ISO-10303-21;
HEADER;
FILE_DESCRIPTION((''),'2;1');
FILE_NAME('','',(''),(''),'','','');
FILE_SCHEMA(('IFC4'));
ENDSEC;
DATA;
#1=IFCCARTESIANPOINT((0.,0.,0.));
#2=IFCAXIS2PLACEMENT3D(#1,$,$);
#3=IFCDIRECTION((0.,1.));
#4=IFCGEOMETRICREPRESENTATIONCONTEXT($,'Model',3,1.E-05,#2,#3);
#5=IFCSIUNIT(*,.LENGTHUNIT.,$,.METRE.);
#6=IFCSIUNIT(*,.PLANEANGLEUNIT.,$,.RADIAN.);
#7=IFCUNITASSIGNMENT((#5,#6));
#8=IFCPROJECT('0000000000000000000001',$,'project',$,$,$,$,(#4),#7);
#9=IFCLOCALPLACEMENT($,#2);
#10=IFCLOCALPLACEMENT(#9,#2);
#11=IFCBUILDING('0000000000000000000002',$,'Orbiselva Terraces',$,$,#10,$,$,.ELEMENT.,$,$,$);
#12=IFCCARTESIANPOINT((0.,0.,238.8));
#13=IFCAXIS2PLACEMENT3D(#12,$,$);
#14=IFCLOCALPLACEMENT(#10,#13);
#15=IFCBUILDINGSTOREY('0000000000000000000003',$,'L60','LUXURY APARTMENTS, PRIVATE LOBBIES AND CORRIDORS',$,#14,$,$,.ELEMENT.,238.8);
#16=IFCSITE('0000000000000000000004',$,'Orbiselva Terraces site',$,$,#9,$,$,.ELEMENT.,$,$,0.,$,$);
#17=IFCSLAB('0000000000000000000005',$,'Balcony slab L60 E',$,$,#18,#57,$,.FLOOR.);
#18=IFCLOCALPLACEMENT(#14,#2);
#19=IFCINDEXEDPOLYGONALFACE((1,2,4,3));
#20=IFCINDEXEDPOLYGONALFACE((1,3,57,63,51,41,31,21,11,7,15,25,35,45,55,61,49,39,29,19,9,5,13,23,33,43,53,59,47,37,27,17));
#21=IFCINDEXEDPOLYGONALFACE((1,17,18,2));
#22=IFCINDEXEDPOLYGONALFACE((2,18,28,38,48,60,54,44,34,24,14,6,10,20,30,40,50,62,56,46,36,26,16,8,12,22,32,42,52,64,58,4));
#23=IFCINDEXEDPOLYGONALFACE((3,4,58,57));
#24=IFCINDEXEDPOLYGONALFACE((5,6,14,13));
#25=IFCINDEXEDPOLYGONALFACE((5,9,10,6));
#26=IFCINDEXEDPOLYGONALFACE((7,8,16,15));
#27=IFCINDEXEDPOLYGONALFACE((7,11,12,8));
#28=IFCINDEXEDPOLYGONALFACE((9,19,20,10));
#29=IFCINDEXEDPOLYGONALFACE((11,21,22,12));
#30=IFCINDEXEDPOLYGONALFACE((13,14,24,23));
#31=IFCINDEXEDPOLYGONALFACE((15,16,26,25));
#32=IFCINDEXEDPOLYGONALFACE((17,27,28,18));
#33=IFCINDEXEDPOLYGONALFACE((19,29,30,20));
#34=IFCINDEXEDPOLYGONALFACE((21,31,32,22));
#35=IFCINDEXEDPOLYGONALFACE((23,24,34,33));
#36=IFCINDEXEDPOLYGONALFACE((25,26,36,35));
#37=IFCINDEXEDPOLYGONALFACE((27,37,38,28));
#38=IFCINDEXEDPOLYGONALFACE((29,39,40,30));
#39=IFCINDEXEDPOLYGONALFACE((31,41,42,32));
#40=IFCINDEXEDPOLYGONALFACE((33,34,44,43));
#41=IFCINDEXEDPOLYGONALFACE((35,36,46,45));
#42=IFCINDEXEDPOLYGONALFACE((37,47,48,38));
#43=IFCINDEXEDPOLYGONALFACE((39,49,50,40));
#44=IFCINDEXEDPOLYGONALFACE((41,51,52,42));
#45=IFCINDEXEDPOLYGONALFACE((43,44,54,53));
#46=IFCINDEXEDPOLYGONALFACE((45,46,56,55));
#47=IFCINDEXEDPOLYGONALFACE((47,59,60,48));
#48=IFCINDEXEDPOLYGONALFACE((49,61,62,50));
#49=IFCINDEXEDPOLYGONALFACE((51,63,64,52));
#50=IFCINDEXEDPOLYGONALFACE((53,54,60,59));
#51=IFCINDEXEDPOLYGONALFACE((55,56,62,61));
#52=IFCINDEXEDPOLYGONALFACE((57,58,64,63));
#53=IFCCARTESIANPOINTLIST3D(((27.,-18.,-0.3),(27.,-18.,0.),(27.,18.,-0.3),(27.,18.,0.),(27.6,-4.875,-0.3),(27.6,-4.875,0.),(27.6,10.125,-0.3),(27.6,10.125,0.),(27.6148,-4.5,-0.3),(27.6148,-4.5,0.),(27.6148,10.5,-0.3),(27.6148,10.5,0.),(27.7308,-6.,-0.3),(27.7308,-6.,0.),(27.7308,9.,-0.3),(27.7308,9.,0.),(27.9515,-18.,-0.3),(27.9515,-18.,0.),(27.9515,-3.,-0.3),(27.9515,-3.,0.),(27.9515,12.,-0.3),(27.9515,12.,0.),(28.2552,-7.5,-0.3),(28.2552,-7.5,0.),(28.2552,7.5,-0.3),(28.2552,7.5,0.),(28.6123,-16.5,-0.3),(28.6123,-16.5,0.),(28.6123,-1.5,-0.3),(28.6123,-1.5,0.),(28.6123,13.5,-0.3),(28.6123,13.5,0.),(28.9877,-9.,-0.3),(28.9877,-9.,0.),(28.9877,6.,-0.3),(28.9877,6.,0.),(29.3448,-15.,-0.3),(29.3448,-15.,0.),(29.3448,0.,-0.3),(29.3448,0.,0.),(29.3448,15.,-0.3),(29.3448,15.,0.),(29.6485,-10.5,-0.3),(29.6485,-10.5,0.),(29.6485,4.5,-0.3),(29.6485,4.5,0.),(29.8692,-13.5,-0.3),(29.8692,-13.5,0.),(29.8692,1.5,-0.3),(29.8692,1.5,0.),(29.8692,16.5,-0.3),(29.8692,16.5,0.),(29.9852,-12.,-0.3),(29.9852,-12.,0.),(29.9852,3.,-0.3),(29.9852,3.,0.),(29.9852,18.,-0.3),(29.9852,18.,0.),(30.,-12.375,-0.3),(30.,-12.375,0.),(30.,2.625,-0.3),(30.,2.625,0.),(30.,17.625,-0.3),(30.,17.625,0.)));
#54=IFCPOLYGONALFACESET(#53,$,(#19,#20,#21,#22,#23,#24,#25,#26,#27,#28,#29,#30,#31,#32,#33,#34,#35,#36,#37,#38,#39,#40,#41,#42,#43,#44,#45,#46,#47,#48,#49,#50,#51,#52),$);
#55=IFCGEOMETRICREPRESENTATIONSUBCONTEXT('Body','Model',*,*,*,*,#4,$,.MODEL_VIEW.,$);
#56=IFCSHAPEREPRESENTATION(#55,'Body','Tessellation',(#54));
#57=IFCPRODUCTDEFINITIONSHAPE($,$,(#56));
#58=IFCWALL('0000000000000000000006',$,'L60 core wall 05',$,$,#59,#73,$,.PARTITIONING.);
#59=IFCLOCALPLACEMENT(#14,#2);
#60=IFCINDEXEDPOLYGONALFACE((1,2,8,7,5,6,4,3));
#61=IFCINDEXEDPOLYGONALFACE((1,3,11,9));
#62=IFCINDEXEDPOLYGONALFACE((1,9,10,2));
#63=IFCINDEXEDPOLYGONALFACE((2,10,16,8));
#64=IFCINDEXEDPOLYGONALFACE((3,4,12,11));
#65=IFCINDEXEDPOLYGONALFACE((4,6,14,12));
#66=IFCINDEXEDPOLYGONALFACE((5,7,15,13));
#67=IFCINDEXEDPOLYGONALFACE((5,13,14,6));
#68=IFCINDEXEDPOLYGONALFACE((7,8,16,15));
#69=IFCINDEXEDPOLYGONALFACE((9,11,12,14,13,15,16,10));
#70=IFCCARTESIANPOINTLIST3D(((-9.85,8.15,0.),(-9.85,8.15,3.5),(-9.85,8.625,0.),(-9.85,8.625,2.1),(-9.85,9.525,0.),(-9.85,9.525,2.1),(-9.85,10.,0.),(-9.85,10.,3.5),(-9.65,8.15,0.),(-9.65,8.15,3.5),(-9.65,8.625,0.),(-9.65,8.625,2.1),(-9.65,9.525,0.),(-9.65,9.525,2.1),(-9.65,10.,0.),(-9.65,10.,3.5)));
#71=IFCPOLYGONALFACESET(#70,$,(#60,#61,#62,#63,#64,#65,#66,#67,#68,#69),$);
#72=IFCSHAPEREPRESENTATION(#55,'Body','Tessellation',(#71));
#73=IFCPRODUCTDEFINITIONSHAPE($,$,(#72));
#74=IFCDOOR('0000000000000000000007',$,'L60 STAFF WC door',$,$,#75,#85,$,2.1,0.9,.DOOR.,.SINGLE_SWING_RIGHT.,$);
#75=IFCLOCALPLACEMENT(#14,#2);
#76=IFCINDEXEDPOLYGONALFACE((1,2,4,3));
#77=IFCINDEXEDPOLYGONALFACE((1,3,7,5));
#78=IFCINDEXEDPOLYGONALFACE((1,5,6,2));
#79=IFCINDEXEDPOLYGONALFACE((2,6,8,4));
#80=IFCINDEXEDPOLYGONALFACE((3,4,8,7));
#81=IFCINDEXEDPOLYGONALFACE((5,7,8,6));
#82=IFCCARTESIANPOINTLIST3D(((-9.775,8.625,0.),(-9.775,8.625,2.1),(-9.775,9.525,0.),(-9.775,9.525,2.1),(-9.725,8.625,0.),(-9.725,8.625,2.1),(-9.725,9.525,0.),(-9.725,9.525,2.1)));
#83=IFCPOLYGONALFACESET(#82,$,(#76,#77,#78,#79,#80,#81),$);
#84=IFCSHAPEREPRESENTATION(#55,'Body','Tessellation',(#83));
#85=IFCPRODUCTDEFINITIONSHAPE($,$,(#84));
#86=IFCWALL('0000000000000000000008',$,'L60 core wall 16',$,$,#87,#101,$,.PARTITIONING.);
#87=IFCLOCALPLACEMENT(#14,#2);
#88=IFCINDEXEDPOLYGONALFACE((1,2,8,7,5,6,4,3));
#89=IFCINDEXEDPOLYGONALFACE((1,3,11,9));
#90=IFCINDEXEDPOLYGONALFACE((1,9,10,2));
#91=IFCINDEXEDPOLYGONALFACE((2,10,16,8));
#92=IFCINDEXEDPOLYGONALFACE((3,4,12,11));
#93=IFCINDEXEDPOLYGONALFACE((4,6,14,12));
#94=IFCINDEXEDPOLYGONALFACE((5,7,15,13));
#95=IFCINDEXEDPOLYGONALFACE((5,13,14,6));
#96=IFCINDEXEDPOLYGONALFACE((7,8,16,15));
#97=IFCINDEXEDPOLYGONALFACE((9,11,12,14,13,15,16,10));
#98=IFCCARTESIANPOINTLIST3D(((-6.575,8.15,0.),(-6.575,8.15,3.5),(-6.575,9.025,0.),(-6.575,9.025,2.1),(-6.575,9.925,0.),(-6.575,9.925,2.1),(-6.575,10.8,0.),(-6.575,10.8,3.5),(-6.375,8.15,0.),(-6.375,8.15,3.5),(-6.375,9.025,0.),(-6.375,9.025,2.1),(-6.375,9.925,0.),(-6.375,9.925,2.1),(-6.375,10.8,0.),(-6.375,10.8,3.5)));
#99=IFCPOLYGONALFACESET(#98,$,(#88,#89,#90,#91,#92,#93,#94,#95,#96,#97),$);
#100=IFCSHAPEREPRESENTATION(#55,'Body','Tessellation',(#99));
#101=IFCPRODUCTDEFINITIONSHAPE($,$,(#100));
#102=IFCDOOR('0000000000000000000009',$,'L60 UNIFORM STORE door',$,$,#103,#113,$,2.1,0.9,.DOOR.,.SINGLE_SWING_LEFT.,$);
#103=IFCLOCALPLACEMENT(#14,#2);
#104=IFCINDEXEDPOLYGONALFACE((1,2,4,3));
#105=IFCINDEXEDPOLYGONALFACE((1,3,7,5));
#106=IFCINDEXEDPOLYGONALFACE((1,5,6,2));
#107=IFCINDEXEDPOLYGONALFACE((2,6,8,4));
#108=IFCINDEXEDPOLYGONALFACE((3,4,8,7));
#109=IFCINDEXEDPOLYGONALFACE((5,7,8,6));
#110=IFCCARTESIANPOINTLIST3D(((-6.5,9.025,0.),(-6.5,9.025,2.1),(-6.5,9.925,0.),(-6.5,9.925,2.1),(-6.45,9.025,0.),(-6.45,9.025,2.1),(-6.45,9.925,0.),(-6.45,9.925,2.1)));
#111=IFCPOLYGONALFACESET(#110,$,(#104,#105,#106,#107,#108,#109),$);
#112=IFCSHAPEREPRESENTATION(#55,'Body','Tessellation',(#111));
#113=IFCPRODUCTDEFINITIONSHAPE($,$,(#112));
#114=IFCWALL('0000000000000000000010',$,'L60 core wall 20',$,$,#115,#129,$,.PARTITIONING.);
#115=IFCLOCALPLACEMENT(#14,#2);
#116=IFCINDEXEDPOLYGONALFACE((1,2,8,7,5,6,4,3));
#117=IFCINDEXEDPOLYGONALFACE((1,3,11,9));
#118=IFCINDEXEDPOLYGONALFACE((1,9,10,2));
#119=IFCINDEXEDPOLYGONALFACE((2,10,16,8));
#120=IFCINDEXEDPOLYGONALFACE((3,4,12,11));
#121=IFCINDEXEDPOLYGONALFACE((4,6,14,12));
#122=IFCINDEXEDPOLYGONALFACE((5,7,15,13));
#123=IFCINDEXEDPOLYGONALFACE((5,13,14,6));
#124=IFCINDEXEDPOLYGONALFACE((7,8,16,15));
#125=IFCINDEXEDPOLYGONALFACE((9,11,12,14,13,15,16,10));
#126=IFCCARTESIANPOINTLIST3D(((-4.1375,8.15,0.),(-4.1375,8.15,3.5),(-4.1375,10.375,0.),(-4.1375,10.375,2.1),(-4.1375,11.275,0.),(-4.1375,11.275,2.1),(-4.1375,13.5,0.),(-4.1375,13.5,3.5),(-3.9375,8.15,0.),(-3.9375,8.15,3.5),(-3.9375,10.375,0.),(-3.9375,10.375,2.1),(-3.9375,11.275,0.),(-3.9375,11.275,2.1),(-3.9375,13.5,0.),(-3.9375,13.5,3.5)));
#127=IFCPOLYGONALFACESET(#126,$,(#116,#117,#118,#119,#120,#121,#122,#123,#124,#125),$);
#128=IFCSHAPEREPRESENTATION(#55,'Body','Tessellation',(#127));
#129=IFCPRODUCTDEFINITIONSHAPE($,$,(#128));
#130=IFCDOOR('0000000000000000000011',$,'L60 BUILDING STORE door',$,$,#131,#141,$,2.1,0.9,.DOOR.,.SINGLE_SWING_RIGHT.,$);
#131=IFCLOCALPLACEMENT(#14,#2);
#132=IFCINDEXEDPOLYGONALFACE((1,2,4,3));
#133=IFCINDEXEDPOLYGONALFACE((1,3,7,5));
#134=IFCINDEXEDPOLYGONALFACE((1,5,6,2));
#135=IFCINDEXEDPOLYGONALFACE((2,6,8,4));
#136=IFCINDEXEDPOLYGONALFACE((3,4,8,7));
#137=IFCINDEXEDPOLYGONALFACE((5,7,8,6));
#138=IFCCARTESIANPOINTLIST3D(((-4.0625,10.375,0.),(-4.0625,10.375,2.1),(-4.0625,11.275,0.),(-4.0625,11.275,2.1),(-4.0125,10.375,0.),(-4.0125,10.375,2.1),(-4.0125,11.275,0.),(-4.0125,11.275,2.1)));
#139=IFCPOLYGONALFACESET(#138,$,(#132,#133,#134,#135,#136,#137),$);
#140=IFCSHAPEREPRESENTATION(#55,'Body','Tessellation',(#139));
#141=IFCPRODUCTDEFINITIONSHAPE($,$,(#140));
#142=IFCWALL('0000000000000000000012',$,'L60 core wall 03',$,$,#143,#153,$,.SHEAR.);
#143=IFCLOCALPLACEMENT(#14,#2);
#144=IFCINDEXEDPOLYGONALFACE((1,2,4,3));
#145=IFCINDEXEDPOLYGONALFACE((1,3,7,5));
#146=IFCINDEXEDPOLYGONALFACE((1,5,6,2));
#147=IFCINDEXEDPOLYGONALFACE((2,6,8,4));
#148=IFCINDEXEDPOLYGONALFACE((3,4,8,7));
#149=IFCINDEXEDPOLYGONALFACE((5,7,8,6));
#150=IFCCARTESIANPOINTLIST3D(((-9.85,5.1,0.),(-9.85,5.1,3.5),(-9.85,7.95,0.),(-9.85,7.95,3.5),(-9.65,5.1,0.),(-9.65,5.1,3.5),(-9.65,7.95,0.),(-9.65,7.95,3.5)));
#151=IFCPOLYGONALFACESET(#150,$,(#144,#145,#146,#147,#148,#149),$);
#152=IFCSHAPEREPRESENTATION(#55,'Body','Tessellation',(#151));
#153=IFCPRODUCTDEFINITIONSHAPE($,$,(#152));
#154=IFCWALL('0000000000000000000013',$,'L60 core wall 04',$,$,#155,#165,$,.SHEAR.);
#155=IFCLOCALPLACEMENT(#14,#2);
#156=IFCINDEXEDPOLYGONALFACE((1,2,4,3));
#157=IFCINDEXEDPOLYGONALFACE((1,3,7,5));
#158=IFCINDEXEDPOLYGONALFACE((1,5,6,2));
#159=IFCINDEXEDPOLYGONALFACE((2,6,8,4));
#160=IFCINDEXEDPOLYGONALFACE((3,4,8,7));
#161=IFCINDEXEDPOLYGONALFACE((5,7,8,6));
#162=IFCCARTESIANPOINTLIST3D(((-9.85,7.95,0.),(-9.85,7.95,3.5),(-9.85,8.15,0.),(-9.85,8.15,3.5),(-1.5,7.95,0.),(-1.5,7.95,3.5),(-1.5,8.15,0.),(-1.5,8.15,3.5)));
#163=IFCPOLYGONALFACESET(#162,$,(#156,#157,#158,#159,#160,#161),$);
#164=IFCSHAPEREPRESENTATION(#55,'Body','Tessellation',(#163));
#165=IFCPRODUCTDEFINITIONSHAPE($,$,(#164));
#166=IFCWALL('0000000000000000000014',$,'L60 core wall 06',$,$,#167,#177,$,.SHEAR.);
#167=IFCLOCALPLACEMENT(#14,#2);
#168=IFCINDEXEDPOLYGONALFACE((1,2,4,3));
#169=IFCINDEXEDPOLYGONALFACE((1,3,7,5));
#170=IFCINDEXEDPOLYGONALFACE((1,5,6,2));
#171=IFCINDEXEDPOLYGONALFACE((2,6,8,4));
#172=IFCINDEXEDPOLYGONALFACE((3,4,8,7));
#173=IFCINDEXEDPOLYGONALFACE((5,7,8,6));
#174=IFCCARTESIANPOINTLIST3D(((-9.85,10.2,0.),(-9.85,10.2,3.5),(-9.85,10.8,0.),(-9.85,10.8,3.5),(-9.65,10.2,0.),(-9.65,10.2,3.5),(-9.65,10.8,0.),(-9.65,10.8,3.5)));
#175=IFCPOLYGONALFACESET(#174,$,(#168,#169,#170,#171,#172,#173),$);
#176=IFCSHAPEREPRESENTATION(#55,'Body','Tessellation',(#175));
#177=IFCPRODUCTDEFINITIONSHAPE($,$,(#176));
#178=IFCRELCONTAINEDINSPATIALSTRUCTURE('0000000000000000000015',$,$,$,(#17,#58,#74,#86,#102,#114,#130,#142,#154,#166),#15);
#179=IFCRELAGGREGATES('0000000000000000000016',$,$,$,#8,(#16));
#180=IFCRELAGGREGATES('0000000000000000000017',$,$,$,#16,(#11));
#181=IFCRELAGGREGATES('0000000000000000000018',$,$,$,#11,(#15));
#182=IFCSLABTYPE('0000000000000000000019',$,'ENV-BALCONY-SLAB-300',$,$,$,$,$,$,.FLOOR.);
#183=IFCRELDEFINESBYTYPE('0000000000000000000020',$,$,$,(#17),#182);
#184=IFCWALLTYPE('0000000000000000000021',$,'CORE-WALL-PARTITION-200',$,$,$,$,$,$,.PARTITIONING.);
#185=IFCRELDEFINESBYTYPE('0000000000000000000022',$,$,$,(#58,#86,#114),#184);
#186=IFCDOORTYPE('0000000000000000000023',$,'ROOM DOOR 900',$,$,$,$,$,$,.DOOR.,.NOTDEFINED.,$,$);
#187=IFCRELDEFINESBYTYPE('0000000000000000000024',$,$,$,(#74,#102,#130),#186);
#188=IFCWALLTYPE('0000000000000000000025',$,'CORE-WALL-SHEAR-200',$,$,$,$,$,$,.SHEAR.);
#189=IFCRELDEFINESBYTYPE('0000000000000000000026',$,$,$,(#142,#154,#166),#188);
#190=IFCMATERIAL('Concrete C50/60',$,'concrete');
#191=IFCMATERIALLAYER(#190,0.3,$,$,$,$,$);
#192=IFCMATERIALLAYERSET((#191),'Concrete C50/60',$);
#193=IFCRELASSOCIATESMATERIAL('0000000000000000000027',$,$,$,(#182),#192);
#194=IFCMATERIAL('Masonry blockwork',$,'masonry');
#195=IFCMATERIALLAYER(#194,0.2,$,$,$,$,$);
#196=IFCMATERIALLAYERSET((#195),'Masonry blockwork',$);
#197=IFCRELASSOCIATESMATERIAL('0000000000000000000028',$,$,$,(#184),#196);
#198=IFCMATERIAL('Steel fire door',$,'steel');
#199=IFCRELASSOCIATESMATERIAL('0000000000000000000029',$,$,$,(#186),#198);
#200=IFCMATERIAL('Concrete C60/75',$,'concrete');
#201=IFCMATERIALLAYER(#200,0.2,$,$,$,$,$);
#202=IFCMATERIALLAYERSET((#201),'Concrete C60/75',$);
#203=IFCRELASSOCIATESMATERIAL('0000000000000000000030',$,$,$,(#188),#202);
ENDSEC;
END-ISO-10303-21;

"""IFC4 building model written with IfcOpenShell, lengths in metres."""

from ifc_helpers import new_model, si_unit, direction, frame, frame_2d, origin, place, context, subcontext, project, spatial, polyline, rectangle, outline, extrude, material, layer, layer_set, type_object, element, fill, save


model = new_model("IFC4")

# Units and contexts
model_context = context("Model", 3, precision=1e-05, world=origin(), true_north=direction((0.0, 1.0)))
body_context = subcontext(model_context, "Body", "Model", "MODEL_VIEW")
ifc_project = project(units=[si_unit("LENGTHUNIT", "METRE"), si_unit("PLANEANGLEUNIT", "RADIAN")], contexts=[model_context])

# Site, building, storey
site_placement = place(None, origin())
site = spatial("IfcSite", under=ifc_project, at=site_placement, Name="Orbiselva Terraces site", CompositionType="ELEMENT", RefElevation=0.0)
building_placement = place(site_placement, origin())
building = spatial("IfcBuilding", under=site, at=building_placement, Name="Orbiselva Terraces", CompositionType="ELEMENT")
storey_placement = place(building_placement, frame((0.0, 0.0, 238.8)))
storey = spatial("IfcBuildingStorey", under=building, at=storey_placement, Name="L60", Description="LUXURY APARTMENTS, PRIVATE LOBBIES AND CORRIDORS", CompositionType="ELEMENT", Elevation=238.8)

# Slab
ifc_material_1 = material(Name="Concrete C50/60", Category="concrete")
ifc_layer_1 = layer(ifc_material_1, 0.3)
ifc_layer_set_1 = layer_set([ifc_layer_1], Name="Concrete C50/60")
slab_type = type_object("IfcSlabType", Name="ENV-BALCONY-SLAB-300", PredefinedType="FLOOR", material=ifc_layer_set_1)
slab_placement = place(storey_placement, frame((0.0, 0.0, -0.3)))
element("IfcSlab", 1, at=slab_placement, inside=storey, type_object=slab_type, Name="Balcony slab L60 E", PredefinedType="FLOOR", context=body_context, shape_type="SweptSolid", body=[
    extrude(outline(polyline([(27.9515, -18.0), (28.6123, -16.5), (29.3448, -15.0), (29.8692, -13.5), (30.0, -12.375), (29.9852, -12.0), (29.6485, -10.5), (28.9877, -9.0), (28.2552, -7.5), (27.7308, -6.0), (27.6, -4.875), (27.6148, -4.5), (27.9515, -3.0), (28.6123, -1.5), (29.3448, 0.0), (29.8692, 1.5), (30.0, 2.625), (29.9852, 3.0), (29.6485, 4.5), (28.9877, 6.0), (28.2552, 7.5), (27.7308, 9.0), (27.6, 10.125), (27.6148, 10.5), (27.9515, 12.0), (28.6123, 13.5), (29.3448, 15.0), (29.8692, 16.5), (30.0, 17.625), (29.9852, 18.0), (27.0, 18.0), (27.0, -18.0), (27.9515, -18.0)])), origin(), (0.0, 0.0, 1.0), 0.3),
])

# Walls, openings, doors
ifc_material_2 = material(Name="Masonry blockwork", Category="masonry")
ifc_layer_2 = layer(ifc_material_2, 0.2)
ifc_layer_set_2 = layer_set([ifc_layer_2], Name="Masonry blockwork")
wall_type_1 = type_object("IfcWallType", Name="CORE-WALL-PARTITION-200", PredefinedType="PARTITIONING", material=ifc_layer_set_2)
wall_1_placement = place(storey_placement, frame((-9.75, 8.15, 0.0), z_axis=(0.0, 0.0, 1.0), x_axis=(0.0, 1.0, 0.0)))
wall_1 = element("IfcWall", 2, at=wall_1_placement, inside=storey, type_object=wall_type_1, Name="L60 core wall 05", PredefinedType="PARTITIONING", context=body_context, shape_type="SweptSolid", body=[
    extrude(rectangle(XDim=1.85, YDim=0.2, at=frame_2d((0.925, 0.0))), origin(), (0.0, 0.0, 1.0), 3.5),
])
opening_1_placement = place(wall_1_placement, frame((0.475, 0.0, 0.0)))
opening_1 = element("IfcOpeningElement", 3, at=opening_1_placement, cuts=wall_1, PredefinedType="OPENING", context=body_context, shape_type="SweptSolid", body=[
    extrude(rectangle(XDim=0.9, YDim=2.1, at=frame_2d((0.45, 1.05))), frame((0.0, 0.11, 0.0), z_axis=(0.0, -1.0, 0.0), x_axis=(1.0, 0.0, 0.0)), (0.0, 0.0, 1.0), 0.22),
])
ifc_material_3 = material(Name="Steel fire door", Category="steel")
door_type = type_object("IfcDoorType", Name="ROOM DOOR 900", OperationType="NOTDEFINED", PredefinedType="DOOR", material=ifc_material_3)
door_1_placement = place(opening_1_placement, origin())
door_1 = element("IfcDoor", 4, at=door_1_placement, inside=storey, type_object=door_type, Name="L60 STAFF WC door", OperationType="SINGLE_SWING_RIGHT", OverallHeight=2.1, OverallWidth=0.9, PredefinedType="DOOR", context=body_context, shape_type="SweptSolid", body=[
    extrude(rectangle(XDim=0.9, YDim=2.1, at=frame_2d((0.45, 1.05))), frame((0.0, 0.025, 0.0), z_axis=(0.0, -1.0, 0.0), x_axis=(1.0, 0.0, 0.0)), (0.0, 0.0, 1.0), 0.05),
])
fill(opening_1, door_1)
wall_2_placement = place(storey_placement, frame((-6.475, 8.15, 0.0), z_axis=(0.0, 0.0, 1.0), x_axis=(0.0, 1.0, 0.0)))
wall_2 = element("IfcWall", 5, at=wall_2_placement, inside=storey, type_object=wall_type_1, Name="L60 core wall 16", PredefinedType="PARTITIONING", context=body_context, shape_type="SweptSolid", body=[
    extrude(rectangle(XDim=2.65, YDim=0.2, at=frame_2d((1.325, 0.0))), origin(), (0.0, 0.0, 1.0), 3.5),
])
opening_2_placement = place(wall_2_placement, frame((0.875, 0.0, 0.0)))
opening_2 = element("IfcOpeningElement", 6, at=opening_2_placement, cuts=wall_2, PredefinedType="OPENING", context=body_context, shape_type="SweptSolid", body=[
    extrude(rectangle(XDim=0.9, YDim=2.1, at=frame_2d((0.45, 1.05))), frame((0.0, 0.11, 0.0), z_axis=(0.0, -1.0, 0.0), x_axis=(1.0, 0.0, 0.0)), (0.0, 0.0, 1.0), 0.22),
])
door_2_placement = place(opening_2_placement, origin())
door_2 = element("IfcDoor", 7, at=door_2_placement, inside=storey, type_object=door_type, Name="L60 UNIFORM STORE door", OperationType="SINGLE_SWING_LEFT", OverallHeight=2.1, OverallWidth=0.9, PredefinedType="DOOR", context=body_context, shape_type="SweptSolid", body=[
    extrude(rectangle(XDim=0.9, YDim=2.1, at=frame_2d((0.45, 1.05))), frame((0.0, 0.025, 0.0), z_axis=(0.0, -1.0, 0.0), x_axis=(1.0, 0.0, 0.0)), (0.0, 0.0, 1.0), 0.05),
])
fill(opening_2, door_2)
wall_3_placement = place(storey_placement, frame((-4.0375, 8.15, 0.0), z_axis=(0.0, 0.0, 1.0), x_axis=(0.0, 1.0, 0.0)))
wall_3 = element("IfcWall", 8, at=wall_3_placement, inside=storey, type_object=wall_type_1, Name="L60 core wall 20", PredefinedType="PARTITIONING", context=body_context, shape_type="SweptSolid", body=[
    extrude(rectangle(XDim=5.35, YDim=0.2, at=frame_2d((2.675, 0.0))), origin(), (0.0, 0.0, 1.0), 3.5),
])
opening_3_placement = place(wall_3_placement, frame((2.225, 0.0, 0.0)))
opening_3 = element("IfcOpeningElement", 9, at=opening_3_placement, cuts=wall_3, PredefinedType="OPENING", context=body_context, shape_type="SweptSolid", body=[
    extrude(rectangle(XDim=0.9, YDim=2.1, at=frame_2d((0.45, 1.05))), frame((0.0, 0.11, 0.0), z_axis=(0.0, -1.0, 0.0), x_axis=(1.0, 0.0, 0.0)), (0.0, 0.0, 1.0), 0.22),
])
door_3_placement = place(opening_3_placement, origin())
door_3 = element("IfcDoor", 10, at=door_3_placement, inside=storey, type_object=door_type, Name="L60 BUILDING STORE door", OperationType="SINGLE_SWING_RIGHT", OverallHeight=2.1, OverallWidth=0.9, PredefinedType="DOOR", context=body_context, shape_type="SweptSolid", body=[
    extrude(rectangle(XDim=0.9, YDim=2.1, at=frame_2d((0.45, 1.05))), frame((0.0, 0.025, 0.0), z_axis=(0.0, -1.0, 0.0), x_axis=(1.0, 0.0, 0.0)), (0.0, 0.0, 1.0), 0.05),
])
fill(opening_3, door_3)

# Walls
ifc_material_4 = material(Name="Concrete C60/75", Category="concrete")
ifc_layer_3 = layer(ifc_material_4, 0.2)
ifc_layer_set_3 = layer_set([ifc_layer_3], Name="Concrete C60/75")
wall_type_2 = type_object("IfcWallType", Name="CORE-WALL-SHEAR-200", PredefinedType="SHEAR", material=ifc_layer_set_3)
wall_4_placement = place(storey_placement, frame((-9.75, 5.1, 0.0), z_axis=(0.0, 0.0, 1.0), x_axis=(0.0, 1.0, 0.0)))
element("IfcWall", 11, at=wall_4_placement, inside=storey, type_object=wall_type_2, Name="L60 core wall 03", PredefinedType="SHEAR", context=body_context, shape_type="SweptSolid", body=[
    extrude(rectangle(XDim=2.85, YDim=0.2, at=frame_2d((1.425, 0.0))), origin(), (0.0, 0.0, 1.0), 3.5),
])
wall_5_placement = place(storey_placement, frame((-9.85, 8.05, 0.0), z_axis=(0.0, 0.0, 1.0), x_axis=(1.0, 0.0, 0.0)))
element("IfcWall", 12, at=wall_5_placement, inside=storey, type_object=wall_type_2, Name="L60 core wall 04", PredefinedType="SHEAR", context=body_context, shape_type="SweptSolid", body=[
    extrude(rectangle(XDim=8.35, YDim=0.2, at=frame_2d((4.175, 0.0))), origin(), (0.0, 0.0, 1.0), 3.5),
])
wall_6_placement = place(storey_placement, frame((-9.75, 10.2, 0.0), z_axis=(0.0, 0.0, 1.0), x_axis=(0.0, 1.0, 0.0)))
element("IfcWall", 13, at=wall_6_placement, inside=storey, type_object=wall_type_2, Name="L60 core wall 06", PredefinedType="SHEAR", context=body_context, shape_type="SweptSolid", body=[
    extrude(rectangle(XDim=0.6, YDim=0.2, at=frame_2d((0.3, 0.0))), origin(), (0.0, 0.0, 1.0), 3.5),
])

save(model, "model.ifc")
